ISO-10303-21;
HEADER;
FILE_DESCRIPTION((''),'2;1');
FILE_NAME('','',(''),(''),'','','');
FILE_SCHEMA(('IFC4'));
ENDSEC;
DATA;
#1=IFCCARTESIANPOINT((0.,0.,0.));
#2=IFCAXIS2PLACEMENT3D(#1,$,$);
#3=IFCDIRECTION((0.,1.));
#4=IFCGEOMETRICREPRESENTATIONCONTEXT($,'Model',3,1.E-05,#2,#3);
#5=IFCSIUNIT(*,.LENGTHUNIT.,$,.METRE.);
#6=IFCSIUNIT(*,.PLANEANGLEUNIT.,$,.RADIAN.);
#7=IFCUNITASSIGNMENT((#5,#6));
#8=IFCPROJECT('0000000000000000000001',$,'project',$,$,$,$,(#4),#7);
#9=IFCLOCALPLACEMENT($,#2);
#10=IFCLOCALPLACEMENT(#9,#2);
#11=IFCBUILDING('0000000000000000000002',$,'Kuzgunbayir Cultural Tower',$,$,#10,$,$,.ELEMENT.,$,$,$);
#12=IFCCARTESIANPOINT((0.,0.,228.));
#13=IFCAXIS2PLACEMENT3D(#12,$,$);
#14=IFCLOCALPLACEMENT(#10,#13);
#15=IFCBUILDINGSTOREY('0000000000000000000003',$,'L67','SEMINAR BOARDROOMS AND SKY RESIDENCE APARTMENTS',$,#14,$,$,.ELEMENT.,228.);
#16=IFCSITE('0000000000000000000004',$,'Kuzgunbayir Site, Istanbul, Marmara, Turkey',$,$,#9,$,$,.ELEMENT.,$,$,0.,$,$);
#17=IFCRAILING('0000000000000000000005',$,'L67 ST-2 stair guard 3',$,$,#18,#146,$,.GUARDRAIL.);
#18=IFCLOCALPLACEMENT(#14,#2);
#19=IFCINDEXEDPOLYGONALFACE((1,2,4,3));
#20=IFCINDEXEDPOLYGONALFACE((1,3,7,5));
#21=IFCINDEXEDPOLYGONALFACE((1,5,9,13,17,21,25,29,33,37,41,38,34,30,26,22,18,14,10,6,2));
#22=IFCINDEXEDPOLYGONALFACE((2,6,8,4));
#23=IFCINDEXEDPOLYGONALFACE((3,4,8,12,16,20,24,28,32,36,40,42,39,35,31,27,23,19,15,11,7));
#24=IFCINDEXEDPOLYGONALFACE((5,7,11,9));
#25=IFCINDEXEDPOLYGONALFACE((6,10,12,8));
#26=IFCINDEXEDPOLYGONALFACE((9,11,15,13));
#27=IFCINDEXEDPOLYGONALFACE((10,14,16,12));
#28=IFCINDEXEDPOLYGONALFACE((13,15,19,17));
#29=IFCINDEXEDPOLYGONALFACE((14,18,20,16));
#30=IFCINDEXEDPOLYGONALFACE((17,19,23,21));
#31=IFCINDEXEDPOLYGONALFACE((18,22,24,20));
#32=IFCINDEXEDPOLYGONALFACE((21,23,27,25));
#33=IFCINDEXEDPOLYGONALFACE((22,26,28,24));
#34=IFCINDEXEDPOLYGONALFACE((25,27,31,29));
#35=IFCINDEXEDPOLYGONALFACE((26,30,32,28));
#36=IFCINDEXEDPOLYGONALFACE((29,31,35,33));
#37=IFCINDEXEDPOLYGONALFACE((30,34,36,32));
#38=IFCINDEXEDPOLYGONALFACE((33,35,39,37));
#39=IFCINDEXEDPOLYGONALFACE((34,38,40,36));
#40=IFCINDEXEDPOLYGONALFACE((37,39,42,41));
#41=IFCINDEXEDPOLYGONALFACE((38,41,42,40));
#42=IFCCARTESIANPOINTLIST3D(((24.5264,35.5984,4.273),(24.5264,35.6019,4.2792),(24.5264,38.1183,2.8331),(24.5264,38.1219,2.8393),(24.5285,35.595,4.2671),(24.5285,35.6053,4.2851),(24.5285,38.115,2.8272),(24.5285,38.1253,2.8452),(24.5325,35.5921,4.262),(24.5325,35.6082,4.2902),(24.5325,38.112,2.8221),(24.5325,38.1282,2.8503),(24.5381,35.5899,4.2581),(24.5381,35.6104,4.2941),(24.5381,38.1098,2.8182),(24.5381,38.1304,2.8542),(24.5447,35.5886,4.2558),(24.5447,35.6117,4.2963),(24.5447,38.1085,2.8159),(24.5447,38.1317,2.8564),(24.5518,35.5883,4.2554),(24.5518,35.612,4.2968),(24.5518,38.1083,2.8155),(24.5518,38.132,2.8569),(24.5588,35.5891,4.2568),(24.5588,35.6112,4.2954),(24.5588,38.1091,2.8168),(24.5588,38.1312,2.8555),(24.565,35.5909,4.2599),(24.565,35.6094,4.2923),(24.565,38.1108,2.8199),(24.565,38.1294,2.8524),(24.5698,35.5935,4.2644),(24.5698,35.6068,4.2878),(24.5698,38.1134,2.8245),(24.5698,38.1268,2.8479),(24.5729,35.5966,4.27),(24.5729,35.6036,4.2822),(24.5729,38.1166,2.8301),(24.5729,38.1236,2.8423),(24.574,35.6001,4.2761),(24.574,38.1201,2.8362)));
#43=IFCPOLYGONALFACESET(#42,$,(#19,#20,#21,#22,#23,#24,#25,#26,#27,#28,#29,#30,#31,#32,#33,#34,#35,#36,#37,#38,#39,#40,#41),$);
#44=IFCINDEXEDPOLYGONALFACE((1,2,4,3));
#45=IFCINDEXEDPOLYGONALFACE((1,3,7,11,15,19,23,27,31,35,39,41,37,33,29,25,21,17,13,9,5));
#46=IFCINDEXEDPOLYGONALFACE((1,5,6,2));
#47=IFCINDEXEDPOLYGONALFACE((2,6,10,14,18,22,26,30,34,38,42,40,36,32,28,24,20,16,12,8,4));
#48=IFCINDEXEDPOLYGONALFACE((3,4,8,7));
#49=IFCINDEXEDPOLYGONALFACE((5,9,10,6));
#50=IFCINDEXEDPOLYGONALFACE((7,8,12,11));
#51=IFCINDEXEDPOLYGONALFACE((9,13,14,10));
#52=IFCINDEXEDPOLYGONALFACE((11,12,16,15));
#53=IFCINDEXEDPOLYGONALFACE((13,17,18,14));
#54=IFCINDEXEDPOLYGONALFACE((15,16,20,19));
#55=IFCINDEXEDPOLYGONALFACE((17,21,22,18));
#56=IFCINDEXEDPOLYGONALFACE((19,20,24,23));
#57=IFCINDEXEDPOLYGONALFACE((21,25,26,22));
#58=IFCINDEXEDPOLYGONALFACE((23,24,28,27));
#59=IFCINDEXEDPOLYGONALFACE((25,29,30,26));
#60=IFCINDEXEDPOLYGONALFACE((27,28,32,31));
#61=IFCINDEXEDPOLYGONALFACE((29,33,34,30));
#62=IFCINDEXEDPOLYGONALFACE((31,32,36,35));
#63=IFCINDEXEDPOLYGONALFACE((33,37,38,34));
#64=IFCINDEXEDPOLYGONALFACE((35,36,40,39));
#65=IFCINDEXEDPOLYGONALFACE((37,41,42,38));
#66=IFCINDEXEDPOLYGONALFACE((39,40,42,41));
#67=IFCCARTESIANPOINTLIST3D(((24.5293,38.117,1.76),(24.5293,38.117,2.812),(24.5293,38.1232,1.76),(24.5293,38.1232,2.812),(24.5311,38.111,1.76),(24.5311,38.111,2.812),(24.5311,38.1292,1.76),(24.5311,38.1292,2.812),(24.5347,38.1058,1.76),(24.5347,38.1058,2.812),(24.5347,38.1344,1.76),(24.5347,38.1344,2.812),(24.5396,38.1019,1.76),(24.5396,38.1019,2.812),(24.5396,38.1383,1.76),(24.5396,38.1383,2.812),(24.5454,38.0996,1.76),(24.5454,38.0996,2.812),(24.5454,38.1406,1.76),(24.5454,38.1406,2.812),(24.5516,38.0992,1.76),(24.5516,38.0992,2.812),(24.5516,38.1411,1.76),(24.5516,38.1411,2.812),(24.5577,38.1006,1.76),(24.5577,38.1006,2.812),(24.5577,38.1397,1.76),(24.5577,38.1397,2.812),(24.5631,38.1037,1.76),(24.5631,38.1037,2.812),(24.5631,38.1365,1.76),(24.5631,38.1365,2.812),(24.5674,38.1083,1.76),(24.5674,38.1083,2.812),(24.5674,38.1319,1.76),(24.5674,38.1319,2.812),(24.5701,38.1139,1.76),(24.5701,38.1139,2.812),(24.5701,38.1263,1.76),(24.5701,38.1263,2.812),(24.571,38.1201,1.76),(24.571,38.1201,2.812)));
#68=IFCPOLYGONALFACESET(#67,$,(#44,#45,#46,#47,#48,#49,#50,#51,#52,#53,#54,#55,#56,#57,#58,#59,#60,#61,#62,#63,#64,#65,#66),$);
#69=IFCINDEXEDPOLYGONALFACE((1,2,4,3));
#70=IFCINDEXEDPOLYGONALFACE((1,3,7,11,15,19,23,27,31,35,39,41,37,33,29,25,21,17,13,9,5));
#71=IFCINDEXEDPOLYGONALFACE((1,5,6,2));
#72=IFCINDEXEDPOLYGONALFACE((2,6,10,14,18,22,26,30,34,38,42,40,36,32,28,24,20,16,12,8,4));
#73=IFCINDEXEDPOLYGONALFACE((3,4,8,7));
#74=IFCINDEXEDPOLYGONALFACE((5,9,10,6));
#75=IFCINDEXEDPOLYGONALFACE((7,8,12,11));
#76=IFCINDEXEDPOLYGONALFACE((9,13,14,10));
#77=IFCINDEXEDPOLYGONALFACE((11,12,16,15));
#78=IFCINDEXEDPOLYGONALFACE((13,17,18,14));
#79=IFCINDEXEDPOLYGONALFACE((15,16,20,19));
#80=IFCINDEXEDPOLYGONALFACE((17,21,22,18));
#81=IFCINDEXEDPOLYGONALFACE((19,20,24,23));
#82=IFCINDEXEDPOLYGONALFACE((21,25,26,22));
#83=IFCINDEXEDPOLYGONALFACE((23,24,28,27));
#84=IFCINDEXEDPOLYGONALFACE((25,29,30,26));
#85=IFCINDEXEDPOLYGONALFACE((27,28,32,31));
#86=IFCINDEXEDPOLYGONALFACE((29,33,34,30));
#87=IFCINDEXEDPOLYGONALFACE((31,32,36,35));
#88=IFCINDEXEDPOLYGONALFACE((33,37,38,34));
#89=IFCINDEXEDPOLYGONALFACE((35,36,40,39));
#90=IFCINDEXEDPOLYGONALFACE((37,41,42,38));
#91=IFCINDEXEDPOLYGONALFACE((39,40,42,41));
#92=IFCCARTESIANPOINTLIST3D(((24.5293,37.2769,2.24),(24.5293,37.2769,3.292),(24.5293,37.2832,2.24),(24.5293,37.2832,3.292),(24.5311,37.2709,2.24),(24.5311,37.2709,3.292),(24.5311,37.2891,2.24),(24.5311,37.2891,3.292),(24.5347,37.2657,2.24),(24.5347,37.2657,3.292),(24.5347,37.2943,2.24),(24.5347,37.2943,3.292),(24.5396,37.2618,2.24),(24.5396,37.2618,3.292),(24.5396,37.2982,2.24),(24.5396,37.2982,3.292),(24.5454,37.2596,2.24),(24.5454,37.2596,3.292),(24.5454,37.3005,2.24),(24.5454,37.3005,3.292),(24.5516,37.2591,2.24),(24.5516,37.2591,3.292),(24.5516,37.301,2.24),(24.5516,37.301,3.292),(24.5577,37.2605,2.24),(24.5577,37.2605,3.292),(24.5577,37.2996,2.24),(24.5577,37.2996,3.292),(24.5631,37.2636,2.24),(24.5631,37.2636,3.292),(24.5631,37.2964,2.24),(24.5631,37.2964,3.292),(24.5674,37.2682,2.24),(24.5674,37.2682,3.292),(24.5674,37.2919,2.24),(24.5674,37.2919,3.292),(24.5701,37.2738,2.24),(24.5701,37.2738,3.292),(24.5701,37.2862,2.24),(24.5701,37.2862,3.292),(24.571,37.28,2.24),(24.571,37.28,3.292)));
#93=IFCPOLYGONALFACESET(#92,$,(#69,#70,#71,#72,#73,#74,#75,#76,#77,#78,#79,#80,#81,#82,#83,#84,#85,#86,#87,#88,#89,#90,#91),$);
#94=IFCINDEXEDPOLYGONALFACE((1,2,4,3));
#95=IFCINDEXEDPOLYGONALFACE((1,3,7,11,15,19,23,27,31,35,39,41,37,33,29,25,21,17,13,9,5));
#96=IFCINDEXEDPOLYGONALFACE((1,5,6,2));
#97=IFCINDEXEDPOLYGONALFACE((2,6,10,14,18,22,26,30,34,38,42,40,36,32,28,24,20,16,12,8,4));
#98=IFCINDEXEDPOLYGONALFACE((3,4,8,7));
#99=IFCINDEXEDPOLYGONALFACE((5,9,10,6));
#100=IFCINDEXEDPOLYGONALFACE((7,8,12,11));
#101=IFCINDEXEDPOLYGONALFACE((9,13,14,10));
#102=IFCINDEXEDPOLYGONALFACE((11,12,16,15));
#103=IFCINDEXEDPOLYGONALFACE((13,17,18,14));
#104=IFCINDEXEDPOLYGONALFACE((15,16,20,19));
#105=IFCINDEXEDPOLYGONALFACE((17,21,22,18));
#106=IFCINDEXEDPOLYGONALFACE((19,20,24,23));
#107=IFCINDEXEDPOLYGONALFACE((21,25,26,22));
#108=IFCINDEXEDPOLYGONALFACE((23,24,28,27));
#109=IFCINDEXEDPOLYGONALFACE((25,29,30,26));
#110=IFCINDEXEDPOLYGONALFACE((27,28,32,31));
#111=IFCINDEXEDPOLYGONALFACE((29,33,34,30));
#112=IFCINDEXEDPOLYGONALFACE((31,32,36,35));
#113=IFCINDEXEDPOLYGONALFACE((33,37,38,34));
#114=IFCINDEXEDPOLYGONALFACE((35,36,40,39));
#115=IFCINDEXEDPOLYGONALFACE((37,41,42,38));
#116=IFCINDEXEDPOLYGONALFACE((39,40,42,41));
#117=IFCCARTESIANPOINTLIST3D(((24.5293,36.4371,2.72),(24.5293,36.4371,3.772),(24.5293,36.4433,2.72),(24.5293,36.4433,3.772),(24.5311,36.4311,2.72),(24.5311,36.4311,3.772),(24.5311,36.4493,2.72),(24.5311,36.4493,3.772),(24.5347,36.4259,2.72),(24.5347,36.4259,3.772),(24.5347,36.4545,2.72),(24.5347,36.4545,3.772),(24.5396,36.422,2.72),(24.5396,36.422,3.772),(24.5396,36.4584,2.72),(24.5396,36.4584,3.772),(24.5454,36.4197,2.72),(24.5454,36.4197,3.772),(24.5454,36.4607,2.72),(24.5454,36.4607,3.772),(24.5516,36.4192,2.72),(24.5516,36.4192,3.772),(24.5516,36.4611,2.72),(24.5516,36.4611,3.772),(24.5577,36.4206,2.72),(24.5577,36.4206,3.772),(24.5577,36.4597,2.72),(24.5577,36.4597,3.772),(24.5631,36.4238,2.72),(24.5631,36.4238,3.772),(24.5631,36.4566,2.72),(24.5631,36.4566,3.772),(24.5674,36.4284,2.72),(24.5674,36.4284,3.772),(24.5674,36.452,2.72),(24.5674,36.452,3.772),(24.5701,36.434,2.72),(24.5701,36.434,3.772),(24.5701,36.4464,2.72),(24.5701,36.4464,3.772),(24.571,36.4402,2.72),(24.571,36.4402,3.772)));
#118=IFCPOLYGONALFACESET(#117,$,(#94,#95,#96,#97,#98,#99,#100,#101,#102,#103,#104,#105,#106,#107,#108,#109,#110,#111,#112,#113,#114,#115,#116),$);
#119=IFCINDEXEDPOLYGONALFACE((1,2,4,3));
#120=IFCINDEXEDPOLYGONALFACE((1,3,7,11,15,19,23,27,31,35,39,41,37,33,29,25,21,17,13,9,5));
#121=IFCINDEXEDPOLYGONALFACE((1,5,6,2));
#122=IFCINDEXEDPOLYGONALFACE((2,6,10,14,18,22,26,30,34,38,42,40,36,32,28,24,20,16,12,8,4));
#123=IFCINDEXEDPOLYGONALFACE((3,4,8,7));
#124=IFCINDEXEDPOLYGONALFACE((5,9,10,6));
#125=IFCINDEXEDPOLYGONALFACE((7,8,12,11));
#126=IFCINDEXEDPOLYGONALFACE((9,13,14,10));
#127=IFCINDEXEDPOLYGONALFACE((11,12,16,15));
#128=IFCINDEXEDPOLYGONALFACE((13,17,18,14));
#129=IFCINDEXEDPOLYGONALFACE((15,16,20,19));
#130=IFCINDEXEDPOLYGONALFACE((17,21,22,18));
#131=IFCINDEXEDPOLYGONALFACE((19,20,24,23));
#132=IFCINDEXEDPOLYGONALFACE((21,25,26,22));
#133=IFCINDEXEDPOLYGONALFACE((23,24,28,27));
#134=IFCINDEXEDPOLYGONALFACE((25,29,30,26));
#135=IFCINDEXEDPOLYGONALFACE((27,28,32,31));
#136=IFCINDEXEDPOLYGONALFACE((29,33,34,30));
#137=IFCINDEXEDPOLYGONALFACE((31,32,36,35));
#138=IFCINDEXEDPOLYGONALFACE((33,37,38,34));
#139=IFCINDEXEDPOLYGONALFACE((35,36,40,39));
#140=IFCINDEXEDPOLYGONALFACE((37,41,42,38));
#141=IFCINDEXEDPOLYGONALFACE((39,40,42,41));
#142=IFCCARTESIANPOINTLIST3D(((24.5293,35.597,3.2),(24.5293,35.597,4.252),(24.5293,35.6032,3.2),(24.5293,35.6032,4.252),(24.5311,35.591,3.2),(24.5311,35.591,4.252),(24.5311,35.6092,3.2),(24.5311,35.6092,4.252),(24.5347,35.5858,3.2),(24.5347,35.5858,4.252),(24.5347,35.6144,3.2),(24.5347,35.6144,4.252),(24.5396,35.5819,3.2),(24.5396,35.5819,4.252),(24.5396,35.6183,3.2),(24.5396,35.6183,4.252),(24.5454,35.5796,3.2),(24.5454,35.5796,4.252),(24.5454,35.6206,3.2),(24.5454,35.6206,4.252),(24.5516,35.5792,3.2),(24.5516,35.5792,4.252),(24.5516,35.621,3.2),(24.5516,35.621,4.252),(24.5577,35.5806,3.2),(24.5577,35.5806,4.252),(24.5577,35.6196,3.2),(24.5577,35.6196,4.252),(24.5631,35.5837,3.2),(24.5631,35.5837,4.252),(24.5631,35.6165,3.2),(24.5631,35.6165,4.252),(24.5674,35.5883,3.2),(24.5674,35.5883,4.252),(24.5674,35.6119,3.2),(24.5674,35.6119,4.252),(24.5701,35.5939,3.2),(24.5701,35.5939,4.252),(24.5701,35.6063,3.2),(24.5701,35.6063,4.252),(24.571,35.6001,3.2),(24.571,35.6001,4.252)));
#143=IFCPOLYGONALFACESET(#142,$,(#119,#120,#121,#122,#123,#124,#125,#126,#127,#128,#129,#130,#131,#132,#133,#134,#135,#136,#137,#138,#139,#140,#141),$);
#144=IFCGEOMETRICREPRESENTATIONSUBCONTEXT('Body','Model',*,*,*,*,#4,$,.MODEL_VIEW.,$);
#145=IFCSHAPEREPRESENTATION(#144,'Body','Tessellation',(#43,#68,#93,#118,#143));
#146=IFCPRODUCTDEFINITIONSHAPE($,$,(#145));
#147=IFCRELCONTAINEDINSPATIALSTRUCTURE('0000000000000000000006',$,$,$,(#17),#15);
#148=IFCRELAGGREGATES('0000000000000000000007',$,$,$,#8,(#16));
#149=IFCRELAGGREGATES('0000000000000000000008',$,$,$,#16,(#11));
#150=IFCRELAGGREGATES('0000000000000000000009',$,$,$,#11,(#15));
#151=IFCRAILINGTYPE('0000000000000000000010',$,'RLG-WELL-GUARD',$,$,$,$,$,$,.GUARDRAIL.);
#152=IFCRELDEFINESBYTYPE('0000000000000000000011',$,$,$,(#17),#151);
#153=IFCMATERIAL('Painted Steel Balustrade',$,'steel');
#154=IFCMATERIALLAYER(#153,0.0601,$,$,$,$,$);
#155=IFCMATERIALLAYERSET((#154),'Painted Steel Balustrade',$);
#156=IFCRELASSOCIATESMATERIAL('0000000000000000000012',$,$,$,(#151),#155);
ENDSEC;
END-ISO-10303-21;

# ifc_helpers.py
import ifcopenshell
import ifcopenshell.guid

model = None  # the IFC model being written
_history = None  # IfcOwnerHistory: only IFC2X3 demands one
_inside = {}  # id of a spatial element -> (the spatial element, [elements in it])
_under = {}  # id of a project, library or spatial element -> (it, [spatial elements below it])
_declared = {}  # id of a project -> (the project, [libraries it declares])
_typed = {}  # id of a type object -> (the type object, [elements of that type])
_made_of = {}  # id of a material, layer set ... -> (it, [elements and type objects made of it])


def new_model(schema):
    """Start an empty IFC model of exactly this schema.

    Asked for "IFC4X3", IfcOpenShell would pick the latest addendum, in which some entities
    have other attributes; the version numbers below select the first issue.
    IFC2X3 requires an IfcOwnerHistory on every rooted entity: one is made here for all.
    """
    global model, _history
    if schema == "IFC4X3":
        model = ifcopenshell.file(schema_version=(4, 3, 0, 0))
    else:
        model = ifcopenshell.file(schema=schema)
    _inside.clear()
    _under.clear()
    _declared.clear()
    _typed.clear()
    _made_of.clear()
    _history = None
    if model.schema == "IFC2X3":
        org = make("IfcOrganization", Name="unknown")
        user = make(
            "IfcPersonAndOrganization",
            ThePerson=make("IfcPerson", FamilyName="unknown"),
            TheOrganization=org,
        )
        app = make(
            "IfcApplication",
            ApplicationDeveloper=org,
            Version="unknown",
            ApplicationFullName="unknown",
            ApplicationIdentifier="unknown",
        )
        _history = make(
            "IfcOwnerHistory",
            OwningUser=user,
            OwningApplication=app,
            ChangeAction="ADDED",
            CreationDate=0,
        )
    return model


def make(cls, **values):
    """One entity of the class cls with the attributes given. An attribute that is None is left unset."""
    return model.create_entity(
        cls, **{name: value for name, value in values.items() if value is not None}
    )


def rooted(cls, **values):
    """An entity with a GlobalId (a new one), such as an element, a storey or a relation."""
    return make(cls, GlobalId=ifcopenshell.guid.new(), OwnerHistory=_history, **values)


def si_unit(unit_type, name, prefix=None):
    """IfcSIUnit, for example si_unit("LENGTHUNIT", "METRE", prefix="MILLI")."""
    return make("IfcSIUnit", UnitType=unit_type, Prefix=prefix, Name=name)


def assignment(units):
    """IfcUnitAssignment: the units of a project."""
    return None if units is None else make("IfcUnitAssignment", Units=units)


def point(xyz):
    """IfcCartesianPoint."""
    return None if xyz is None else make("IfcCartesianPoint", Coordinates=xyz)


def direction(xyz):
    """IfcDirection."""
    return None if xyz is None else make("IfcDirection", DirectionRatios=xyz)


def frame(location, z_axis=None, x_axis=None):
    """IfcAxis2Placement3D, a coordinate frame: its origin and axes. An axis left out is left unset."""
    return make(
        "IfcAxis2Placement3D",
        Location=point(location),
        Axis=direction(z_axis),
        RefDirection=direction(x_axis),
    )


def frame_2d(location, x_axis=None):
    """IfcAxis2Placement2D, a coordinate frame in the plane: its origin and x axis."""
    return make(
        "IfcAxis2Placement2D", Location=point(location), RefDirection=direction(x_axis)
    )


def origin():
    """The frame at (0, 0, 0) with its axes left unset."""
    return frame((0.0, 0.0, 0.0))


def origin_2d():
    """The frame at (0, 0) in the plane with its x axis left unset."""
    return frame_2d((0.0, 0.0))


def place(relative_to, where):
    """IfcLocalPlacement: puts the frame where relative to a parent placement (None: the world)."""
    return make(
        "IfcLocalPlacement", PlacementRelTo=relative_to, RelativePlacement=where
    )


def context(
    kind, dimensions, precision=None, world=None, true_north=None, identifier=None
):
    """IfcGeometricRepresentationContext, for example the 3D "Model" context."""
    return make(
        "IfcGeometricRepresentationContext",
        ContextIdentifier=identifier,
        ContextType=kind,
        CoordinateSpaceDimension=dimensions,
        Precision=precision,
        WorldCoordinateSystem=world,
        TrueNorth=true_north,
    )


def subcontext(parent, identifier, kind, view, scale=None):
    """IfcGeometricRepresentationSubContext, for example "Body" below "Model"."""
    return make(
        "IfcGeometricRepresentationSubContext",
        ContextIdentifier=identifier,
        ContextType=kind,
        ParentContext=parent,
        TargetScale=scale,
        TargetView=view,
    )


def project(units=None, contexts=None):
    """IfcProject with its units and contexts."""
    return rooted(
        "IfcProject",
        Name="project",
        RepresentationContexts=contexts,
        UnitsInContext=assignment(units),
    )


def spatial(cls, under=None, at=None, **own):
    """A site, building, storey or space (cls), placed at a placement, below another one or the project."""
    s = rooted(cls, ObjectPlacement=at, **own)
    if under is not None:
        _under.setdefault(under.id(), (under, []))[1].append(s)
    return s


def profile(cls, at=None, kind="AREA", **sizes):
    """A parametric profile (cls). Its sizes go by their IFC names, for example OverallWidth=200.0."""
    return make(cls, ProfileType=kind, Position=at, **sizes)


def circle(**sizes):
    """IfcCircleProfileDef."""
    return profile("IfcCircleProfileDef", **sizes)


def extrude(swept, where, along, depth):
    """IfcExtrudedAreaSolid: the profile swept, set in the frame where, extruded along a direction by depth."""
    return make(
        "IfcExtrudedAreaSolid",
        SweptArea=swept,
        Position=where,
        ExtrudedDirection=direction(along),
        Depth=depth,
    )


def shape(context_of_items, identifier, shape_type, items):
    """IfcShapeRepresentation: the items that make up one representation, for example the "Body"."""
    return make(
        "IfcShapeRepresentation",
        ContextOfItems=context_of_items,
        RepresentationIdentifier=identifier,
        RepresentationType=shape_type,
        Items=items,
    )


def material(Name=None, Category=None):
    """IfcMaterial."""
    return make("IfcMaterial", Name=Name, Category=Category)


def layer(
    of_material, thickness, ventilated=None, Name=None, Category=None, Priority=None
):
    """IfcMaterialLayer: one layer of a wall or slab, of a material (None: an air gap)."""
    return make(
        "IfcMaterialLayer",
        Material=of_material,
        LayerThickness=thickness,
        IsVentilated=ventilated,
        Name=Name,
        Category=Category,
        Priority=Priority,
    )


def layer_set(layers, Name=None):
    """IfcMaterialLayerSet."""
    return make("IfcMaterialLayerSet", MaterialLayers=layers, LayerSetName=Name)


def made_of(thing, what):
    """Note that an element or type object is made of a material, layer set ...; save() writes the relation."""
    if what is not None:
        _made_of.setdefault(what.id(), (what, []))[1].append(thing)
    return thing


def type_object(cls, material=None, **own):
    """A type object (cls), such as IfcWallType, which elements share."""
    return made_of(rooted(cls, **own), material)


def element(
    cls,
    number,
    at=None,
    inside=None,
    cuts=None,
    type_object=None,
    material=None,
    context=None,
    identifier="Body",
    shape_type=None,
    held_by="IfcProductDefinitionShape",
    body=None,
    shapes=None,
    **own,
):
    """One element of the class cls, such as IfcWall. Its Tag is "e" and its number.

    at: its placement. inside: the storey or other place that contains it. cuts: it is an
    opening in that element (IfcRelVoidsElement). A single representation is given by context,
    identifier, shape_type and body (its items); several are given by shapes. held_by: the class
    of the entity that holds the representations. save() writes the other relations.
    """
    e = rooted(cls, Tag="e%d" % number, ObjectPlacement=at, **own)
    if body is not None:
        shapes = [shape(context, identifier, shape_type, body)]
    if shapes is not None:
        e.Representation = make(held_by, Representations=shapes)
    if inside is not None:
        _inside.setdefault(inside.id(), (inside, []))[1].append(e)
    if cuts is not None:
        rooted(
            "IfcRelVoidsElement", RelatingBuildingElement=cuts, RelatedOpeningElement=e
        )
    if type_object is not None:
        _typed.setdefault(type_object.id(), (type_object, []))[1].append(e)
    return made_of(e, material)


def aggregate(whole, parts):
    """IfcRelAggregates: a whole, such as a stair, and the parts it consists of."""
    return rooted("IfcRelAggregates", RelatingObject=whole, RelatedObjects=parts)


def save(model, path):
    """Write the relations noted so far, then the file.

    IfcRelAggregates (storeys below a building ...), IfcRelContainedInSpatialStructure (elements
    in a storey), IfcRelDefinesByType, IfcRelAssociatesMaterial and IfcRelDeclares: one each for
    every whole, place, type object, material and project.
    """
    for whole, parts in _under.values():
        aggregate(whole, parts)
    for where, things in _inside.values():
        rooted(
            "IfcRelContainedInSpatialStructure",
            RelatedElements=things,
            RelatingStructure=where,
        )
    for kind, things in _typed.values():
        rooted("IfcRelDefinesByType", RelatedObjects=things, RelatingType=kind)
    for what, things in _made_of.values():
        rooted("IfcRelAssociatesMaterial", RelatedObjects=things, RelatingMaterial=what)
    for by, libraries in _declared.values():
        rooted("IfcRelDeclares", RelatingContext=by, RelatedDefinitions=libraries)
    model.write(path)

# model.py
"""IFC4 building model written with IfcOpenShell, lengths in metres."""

from ifc_helpers import new_model, si_unit, direction, frame, origin, origin_2d, place, context, subcontext, project, spatial, circle, extrude, material, layer, layer_set, type_object, element, save


model = new_model("IFC4")

# Units and contexts
model_context = context("Model", 3, precision=1e-05, world=origin(), true_north=direction((0.0, 1.0)))
body_context = subcontext(model_context, "Body", "Model", "MODEL_VIEW")
ifc_project = project(units=[si_unit("LENGTHUNIT", "METRE"), si_unit("PLANEANGLEUNIT", "RADIAN")], contexts=[model_context])

# Site, building, storey
site_placement = place(None, origin())
site = spatial("IfcSite", under=ifc_project, at=site_placement, Name="Kuzgunbayir Site, Istanbul, Marmara, Turkey", CompositionType="ELEMENT", RefElevation=0.0)
building_placement = place(site_placement, origin())
building = spatial("IfcBuilding", under=site, at=building_placement, Name="Kuzgunbayir Cultural Tower", CompositionType="ELEMENT")
storey_placement = place(building_placement, frame((0.0, 0.0, 228.0)))
storey = spatial("IfcBuildingStorey", under=building, at=storey_placement, Name="L67", Description="SEMINAR BOARDROOMS AND SKY RESIDENCE APARTMENTS", CompositionType="ELEMENT", Elevation=228.0)

# Railing
ifc_material_1 = material(Name="Painted Steel Balustrade", Category="steel")
ifc_layer_1 = layer(ifc_material_1, 0.0601)
ifc_layer_set_1 = layer_set([ifc_layer_1], Name="Painted Steel Balustrade")
railing_type_1 = type_object("IfcRailingType", Name="RLG-WELL-GUARD", PredefinedType="GUARDRAIL", material=ifc_layer_set_1)
railing_1_placement = place(storey_placement, frame((24.55, 38.1201, 1.76)))
element("IfcRailing", 1, at=railing_1_placement, inside=storey, type_object=railing_type_1, Name="L67 ST-2 stair guard 3", PredefinedType="GUARDRAIL", context=body_context, shape_type="SweptSolid", body=[
    extrude(circle(Radius=0.0239, at=origin_2d()), frame((0.0, 0.0, 1.0762), z_axis=(0.0, -0.868253, 0.496121), x_axis=(1.0, 0.0, 0.0)), (0.0, 0.0, 1.0), 2.9023),
    extrude(circle(Radius=0.021, at=origin_2d()), origin(), (0.0, 0.0, 1.0), 1.052),
    extrude(circle(Radius=0.021, at=origin_2d()), frame((0.0, -0.8401, 0.48)), (0.0, 0.0, 1.0), 1.052),
    extrude(circle(Radius=0.021, at=origin_2d()), frame((0.0, -1.6799, 0.96)), (0.0, 0.0, 1.0), 1.052),
    extrude(circle(Radius=0.021, at=origin_2d()), frame((0.0, -2.52, 1.4399)), (0.0, 0.0, 1.0), 1.052),
])

save(model, "model.ifc")
